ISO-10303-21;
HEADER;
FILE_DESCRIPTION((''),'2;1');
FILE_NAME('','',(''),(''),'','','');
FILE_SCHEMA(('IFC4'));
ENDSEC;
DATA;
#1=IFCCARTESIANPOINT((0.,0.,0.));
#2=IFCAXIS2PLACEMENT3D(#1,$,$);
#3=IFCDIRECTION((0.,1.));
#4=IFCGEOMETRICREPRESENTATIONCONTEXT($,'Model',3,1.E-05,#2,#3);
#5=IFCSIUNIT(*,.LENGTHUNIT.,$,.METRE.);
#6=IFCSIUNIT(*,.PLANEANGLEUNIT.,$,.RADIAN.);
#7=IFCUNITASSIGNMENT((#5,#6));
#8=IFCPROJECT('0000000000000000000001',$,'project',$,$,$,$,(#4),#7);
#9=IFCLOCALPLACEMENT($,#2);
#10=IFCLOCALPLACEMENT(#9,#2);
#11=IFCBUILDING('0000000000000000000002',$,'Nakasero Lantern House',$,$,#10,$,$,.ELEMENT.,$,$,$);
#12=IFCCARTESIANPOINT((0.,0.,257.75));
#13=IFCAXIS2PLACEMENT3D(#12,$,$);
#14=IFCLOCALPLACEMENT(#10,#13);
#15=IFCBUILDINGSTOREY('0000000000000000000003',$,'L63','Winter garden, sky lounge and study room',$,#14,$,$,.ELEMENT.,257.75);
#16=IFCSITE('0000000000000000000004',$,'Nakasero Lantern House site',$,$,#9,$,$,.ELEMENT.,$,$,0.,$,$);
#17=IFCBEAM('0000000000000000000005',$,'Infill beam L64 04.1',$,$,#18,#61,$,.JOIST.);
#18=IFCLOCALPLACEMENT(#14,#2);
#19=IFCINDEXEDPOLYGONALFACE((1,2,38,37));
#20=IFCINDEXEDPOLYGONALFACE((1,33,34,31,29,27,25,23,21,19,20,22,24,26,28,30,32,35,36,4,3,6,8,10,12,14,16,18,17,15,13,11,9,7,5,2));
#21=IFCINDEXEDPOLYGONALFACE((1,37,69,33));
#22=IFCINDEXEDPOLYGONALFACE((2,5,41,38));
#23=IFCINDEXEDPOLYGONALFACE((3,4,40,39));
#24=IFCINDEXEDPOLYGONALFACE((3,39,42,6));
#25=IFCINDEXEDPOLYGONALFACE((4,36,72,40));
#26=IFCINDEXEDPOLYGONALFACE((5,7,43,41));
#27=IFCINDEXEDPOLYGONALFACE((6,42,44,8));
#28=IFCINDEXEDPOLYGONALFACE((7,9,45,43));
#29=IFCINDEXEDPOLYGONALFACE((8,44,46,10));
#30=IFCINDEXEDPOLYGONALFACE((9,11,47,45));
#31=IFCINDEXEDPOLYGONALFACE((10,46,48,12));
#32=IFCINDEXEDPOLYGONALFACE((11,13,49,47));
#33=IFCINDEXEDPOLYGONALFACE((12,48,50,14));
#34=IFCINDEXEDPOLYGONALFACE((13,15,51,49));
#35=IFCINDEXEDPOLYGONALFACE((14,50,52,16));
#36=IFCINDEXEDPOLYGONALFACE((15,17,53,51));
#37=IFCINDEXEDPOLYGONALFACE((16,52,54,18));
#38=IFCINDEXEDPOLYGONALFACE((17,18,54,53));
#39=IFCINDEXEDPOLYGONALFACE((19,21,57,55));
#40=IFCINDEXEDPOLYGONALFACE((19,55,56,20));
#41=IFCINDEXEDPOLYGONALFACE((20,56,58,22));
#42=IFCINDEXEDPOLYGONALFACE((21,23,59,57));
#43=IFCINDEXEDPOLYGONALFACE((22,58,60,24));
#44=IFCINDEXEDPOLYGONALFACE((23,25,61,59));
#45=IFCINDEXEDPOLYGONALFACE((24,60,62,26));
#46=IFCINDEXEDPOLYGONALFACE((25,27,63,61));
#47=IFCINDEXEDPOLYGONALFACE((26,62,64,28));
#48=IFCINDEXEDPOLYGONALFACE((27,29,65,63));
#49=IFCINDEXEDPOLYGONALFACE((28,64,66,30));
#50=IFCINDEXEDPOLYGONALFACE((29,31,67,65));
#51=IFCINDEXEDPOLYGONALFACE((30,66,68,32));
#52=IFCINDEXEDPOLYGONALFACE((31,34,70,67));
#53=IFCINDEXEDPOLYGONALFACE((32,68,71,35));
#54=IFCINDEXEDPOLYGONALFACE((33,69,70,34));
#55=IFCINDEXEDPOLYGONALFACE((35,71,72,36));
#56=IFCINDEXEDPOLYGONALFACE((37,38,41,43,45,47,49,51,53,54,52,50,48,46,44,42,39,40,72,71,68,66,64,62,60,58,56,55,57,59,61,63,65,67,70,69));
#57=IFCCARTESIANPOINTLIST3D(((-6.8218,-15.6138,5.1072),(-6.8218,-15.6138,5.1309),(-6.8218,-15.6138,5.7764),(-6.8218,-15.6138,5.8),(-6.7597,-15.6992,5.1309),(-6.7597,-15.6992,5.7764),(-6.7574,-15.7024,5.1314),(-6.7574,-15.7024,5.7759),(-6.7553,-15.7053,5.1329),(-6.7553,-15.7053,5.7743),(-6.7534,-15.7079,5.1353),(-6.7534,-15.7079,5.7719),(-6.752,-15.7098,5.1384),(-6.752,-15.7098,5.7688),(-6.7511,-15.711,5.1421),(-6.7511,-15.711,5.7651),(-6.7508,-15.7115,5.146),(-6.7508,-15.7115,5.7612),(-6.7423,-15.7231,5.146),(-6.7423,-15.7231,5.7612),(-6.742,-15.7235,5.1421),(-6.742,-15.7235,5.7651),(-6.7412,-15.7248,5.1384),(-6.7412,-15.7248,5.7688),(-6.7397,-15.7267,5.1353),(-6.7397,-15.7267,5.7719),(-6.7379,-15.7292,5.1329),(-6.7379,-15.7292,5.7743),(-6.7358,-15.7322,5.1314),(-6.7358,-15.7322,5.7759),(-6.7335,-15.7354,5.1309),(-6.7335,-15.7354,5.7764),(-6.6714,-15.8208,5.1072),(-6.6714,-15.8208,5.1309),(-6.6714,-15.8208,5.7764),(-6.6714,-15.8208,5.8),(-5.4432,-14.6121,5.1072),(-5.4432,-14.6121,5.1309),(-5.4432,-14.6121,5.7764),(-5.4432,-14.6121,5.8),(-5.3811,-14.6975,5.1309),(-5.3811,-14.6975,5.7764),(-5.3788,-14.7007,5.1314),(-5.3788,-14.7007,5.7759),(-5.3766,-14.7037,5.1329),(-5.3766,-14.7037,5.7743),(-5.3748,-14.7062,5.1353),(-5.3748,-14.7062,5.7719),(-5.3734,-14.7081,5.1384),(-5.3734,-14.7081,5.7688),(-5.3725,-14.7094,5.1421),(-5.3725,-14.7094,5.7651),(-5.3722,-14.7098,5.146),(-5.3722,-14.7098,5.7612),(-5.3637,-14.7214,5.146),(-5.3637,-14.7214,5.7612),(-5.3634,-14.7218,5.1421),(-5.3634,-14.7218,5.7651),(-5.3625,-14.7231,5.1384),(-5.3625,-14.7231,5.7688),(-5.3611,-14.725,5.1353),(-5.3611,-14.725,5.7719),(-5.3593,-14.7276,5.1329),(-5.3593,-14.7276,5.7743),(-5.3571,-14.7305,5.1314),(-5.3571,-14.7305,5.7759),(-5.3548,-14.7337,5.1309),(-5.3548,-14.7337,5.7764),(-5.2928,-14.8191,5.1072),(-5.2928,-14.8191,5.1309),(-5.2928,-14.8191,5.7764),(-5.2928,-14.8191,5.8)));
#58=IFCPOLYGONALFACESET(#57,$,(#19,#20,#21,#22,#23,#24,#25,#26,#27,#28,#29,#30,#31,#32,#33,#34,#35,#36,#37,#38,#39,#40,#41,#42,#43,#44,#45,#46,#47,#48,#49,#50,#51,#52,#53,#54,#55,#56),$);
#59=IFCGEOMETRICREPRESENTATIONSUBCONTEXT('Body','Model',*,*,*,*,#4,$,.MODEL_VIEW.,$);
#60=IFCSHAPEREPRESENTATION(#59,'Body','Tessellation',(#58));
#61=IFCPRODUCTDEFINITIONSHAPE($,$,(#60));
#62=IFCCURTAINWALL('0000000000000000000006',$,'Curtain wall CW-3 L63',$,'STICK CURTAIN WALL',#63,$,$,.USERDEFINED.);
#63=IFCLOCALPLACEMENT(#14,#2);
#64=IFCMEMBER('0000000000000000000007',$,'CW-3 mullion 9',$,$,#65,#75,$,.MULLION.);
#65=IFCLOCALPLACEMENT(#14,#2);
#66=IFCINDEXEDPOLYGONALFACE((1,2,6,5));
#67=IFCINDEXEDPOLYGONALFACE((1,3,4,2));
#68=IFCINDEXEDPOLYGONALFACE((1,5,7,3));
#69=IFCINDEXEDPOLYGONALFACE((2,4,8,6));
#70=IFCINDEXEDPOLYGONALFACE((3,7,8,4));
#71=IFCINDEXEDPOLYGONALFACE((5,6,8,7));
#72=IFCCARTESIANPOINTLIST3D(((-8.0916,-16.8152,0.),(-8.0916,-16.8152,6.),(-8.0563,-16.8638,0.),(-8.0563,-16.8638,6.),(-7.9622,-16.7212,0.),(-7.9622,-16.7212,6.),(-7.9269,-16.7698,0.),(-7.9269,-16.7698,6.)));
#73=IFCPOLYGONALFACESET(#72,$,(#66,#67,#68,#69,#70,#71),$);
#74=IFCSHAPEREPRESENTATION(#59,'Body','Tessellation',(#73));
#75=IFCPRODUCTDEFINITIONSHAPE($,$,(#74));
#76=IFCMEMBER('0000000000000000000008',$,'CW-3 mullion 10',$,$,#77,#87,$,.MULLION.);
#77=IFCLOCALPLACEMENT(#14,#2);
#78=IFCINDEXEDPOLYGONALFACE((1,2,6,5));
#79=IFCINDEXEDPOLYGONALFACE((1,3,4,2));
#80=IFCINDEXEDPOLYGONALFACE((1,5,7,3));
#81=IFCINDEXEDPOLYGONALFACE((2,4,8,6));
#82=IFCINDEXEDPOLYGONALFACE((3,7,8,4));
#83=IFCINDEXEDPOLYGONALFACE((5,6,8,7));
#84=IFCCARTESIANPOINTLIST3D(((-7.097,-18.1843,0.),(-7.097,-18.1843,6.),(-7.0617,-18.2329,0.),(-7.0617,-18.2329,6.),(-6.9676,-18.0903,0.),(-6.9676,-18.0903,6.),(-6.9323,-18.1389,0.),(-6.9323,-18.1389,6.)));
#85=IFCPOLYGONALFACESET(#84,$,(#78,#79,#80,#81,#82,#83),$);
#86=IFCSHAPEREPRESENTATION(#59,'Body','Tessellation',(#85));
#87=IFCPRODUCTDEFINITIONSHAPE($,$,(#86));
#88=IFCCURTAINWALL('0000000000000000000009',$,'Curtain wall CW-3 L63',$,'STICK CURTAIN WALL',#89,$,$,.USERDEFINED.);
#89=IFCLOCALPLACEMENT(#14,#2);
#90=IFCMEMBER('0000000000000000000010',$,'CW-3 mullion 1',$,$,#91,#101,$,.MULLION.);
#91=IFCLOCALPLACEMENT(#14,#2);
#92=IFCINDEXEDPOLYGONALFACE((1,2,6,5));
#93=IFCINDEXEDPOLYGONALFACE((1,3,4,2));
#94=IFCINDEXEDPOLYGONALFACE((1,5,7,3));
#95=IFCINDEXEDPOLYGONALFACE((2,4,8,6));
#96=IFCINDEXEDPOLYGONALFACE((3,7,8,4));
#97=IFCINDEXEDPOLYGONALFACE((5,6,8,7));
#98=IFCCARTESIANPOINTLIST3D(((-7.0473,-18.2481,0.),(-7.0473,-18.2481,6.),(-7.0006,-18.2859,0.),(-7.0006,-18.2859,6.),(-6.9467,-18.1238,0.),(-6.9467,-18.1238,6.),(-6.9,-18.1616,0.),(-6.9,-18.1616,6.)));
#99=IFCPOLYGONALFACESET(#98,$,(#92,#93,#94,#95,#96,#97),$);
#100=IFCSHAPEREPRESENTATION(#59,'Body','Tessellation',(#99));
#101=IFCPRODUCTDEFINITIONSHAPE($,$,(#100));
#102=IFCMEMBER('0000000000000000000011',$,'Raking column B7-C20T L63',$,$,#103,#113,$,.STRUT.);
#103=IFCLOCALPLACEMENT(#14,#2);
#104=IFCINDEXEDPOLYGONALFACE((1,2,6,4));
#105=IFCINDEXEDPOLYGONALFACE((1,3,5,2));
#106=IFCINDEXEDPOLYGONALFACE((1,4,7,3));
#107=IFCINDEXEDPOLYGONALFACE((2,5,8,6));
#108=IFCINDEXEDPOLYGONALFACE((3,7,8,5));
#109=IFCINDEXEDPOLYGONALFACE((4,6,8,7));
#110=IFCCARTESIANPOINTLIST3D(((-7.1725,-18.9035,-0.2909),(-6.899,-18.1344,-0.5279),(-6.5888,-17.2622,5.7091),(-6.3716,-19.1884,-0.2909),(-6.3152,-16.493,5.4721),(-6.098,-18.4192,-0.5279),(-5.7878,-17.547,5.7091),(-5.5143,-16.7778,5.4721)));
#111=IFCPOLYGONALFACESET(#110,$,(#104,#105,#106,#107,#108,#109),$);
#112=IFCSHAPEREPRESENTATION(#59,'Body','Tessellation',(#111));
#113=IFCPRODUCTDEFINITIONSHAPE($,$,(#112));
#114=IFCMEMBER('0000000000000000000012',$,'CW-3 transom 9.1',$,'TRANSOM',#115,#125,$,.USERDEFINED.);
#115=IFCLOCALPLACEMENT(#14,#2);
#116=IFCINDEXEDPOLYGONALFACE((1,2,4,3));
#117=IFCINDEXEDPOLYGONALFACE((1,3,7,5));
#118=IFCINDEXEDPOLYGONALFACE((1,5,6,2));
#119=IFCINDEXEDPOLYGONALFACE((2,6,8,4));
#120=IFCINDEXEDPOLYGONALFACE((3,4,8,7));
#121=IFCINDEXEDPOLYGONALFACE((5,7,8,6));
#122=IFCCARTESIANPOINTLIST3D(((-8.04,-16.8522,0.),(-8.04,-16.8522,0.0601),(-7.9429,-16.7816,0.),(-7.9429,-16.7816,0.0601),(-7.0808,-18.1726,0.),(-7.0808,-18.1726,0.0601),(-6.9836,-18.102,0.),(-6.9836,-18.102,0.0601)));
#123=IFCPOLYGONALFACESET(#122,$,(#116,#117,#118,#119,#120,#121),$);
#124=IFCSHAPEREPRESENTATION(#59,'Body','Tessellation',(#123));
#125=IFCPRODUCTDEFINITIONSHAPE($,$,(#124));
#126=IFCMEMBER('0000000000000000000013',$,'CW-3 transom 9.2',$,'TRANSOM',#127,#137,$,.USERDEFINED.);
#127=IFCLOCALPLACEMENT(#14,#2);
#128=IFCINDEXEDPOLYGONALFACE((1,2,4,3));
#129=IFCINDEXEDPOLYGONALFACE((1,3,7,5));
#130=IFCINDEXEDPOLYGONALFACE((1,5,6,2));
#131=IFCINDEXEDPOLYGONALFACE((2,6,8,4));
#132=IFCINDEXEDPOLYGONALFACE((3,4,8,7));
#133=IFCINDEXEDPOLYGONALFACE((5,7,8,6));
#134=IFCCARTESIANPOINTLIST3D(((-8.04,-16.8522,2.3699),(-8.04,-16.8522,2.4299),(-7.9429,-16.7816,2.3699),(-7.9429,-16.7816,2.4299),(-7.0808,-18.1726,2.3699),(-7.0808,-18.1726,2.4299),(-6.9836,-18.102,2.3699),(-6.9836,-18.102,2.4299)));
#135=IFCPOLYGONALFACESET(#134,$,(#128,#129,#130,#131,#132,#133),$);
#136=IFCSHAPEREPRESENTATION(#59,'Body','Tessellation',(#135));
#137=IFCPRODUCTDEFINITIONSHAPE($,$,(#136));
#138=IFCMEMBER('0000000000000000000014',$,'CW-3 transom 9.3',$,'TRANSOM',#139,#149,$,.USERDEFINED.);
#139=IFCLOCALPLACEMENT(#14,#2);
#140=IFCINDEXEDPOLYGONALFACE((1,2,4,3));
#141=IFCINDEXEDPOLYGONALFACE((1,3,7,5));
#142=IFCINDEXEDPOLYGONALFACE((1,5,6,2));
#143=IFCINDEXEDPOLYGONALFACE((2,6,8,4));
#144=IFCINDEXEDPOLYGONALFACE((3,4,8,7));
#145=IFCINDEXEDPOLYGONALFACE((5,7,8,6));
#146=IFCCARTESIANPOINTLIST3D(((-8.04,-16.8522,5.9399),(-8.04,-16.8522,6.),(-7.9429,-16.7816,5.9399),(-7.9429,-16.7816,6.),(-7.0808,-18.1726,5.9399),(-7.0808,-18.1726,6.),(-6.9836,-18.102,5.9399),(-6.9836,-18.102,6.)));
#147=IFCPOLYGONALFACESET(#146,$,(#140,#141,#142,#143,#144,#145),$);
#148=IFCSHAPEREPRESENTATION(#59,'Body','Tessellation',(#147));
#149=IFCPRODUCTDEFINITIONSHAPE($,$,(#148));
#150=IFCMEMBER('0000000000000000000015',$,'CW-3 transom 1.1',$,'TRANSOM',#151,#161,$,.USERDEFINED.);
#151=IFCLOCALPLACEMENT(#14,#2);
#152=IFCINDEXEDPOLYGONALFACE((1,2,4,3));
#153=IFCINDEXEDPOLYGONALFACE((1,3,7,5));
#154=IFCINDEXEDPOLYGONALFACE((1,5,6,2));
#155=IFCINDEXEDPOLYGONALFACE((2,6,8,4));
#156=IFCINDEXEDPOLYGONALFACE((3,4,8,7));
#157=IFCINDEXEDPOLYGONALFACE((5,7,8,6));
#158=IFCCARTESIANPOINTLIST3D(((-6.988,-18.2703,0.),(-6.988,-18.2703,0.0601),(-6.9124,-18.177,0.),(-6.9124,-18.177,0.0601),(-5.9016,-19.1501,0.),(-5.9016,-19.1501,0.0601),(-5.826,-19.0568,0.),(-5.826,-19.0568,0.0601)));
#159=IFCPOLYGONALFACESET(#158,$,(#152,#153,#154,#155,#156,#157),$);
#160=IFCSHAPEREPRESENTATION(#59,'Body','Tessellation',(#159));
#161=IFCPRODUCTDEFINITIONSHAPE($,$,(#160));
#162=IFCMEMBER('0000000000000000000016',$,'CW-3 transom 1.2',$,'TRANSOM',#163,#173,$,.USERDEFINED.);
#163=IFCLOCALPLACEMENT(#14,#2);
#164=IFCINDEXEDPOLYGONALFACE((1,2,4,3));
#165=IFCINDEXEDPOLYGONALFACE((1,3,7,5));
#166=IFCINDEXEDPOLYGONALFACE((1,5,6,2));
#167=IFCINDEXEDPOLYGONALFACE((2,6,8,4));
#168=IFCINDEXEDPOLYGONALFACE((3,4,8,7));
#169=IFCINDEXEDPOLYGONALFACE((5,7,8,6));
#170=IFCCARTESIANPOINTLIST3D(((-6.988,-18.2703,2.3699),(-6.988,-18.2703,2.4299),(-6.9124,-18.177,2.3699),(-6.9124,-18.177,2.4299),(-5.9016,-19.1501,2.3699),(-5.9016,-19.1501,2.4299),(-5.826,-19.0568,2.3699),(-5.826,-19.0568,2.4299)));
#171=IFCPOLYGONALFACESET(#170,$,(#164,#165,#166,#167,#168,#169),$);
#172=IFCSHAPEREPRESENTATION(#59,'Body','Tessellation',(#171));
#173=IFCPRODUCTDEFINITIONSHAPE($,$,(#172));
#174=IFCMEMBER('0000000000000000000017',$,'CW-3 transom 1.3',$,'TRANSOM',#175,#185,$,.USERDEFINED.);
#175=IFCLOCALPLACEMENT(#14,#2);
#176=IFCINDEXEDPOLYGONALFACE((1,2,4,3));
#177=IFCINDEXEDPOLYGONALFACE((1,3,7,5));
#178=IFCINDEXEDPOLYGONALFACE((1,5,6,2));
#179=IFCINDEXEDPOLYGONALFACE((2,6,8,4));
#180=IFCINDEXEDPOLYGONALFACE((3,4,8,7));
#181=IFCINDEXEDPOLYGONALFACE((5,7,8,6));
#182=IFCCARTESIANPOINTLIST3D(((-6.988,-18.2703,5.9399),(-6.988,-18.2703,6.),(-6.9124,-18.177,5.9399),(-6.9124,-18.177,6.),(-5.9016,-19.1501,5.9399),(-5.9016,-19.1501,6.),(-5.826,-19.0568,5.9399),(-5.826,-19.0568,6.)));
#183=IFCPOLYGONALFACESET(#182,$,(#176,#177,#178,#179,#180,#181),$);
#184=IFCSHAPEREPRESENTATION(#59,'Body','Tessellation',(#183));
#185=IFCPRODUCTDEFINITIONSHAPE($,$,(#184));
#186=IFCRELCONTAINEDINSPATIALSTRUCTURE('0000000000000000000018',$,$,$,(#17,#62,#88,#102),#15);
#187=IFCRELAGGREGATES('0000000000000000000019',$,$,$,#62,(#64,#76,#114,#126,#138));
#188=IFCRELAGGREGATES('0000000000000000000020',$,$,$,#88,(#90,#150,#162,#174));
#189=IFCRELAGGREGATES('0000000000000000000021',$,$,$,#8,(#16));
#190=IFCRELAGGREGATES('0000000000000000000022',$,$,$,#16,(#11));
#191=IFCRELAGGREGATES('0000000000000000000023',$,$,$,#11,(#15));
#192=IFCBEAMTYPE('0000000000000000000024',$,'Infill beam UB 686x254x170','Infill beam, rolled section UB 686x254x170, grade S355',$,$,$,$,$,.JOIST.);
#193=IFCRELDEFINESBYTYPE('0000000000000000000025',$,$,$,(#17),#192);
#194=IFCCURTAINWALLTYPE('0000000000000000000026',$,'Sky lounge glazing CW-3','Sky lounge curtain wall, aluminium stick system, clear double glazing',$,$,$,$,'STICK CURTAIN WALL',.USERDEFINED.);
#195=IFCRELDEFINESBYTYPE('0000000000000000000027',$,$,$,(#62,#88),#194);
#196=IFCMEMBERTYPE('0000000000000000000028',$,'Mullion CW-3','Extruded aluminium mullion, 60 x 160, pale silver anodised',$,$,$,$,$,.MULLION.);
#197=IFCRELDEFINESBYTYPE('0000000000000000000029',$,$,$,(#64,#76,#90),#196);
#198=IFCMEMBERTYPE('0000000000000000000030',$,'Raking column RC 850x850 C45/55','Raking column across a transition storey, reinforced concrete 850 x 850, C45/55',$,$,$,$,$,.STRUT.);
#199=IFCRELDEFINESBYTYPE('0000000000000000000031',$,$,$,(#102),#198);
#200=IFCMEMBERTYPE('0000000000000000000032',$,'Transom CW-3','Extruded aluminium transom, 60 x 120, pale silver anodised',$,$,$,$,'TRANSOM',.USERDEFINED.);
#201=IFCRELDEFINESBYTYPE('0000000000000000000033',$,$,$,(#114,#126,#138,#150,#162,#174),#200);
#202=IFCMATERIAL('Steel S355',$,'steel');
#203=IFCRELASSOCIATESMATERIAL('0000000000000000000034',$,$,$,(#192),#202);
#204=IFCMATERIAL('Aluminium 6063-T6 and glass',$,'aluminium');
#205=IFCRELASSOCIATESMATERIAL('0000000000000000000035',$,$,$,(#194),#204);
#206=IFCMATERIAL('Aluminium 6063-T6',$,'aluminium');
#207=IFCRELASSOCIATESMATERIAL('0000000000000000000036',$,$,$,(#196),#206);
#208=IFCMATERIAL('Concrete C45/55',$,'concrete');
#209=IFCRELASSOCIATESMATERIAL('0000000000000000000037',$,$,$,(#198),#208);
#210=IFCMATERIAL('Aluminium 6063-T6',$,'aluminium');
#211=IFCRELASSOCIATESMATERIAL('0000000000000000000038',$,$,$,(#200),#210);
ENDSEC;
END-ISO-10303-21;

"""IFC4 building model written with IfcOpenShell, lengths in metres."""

from ifc_helpers import new_model, si_unit, direction, frame, origin, origin_2d, place, context, subcontext, project, spatial, rectangle, i_section, extrude, material, material_profile, profile_set, type_object, element, aggregate, save


model = new_model("IFC4")

# Units and contexts
model_context = context("Model", 3, precision=1e-05, world=origin(), true_north=direction((0.0, 1.0)))
body_context = subcontext(model_context, "Body", "Model", "MODEL_VIEW")
ifc_project = project(units=[si_unit("LENGTHUNIT", "METRE"), si_unit("PLANEANGLEUNIT", "RADIAN")], contexts=[model_context])

# Site, building, storey
site_placement = place(None, origin())
site = spatial("IfcSite", under=ifc_project, at=site_placement, Name="Nakasero Lantern House site", CompositionType="ELEMENT", RefElevation=0.0)
building_placement = place(site_placement, origin())
building = spatial("IfcBuilding", under=site, at=building_placement, Name="Nakasero Lantern House", CompositionType="ELEMENT")
storey_placement = place(building_placement, frame((0.0, 0.0, 257.75)))
storey = spatial("IfcBuildingStorey", under=building, at=storey_placement, Name="L63", Description="Winter garden, sky lounge and study room", CompositionType="ELEMENT", Elevation=257.75)

# Beam
ifc_material_1 = material(Name="Steel S355", Category="steel")
ifc_material_profile_1 = material_profile(ifc_material_1, i_section(OverallWidth=0.2559, OverallDepth=0.6929, WebThickness=0.0144, FlangeThickness=0.0237, FilletRadius=0.0151, at=origin_2d()), Name="UB 686x254x170")
ifc_profile_set_1 = profile_set([ifc_material_profile_1], Name="Steel S355")
beam_type = type_object("IfcBeamType", Name="Infill beam UB 686x254x170", Description="Infill beam, rolled section UB 686x254x170, grade S355", PredefinedType="JOIST", material=ifc_profile_set_1)
beam_placement = place(storey_placement, frame((-6.7466, -15.7173, 5.4536), z_axis=(0.809002, 0.587805, 0.0), x_axis=(-0.587805, 0.809002, 0.0)))
element("IfcBeam", 1, at=beam_placement, inside=storey, type_object=beam_type, Name="Infill beam L64 04.1", PredefinedType="JOIST", context=body_context, shape_type="SweptSolid", body=[
    extrude(i_section(OverallWidth=0.2559, OverallDepth=0.6929, WebThickness=0.0144, FlangeThickness=0.0237, FilletRadius=0.0151, at=origin_2d()), origin(), (0.0, 0.0, 1.0), 1.7041),
])

# Curtain wall, members
ifc_material_2 = material(Name="Aluminium 6063-T6 and glass", Category="aluminium")
curtain_wall_type = type_object("IfcCurtainWallType", Name="Sky lounge glazing CW-3", Description="Sky lounge curtain wall, aluminium stick system, clear double glazing", ElementType="STICK CURTAIN WALL", PredefinedType="USERDEFINED", material=ifc_material_2)
curtain_wall_1_placement = place(storey_placement, origin())
curtain_wall_1 = element("IfcCurtainWall", 2, at=curtain_wall_1_placement, inside=storey, type_object=curtain_wall_type, Name="Curtain wall CW-3 L63", ObjectType="STICK CURTAIN WALL", PredefinedType="USERDEFINED")
ifc_material_3 = material(Name="Aluminium 6063-T6", Category="aluminium")
ifc_material_profile_2 = material_profile(ifc_material_3, rectangle(XDim=0.0601, YDim=0.1599, at=origin_2d()), Name="CW-3 mullion 60x160")
ifc_profile_set_2 = profile_set([ifc_material_profile_2], Name="Aluminium 6063-T6")
member_type_1 = type_object("IfcMemberType", Name="Mullion CW-3", Description="Extruded aluminium mullion, 60 x 160, pale silver anodised", PredefinedType="MULLION", material=ifc_profile_set_2)
member_1_placement = place(storey_placement, frame((-8.0093, -16.7925, 0.0), z_axis=(0.0, 0.0, 1.0), x_axis=(0.587785, -0.809017, 0.0)))
member_1 = element("IfcMember", 3, at=member_1_placement, type_object=member_type_1, Name="CW-3 mullion 9", PredefinedType="MULLION", context=body_context, shape_type="SweptSolid", body=[
    extrude(rectangle(XDim=0.0601, YDim=0.1599, at=origin_2d()), origin(), (0.0, 0.0, 1.0), 6.0),
])
member_2_placement = place(storey_placement, frame((-7.0146, -18.1616, 0.0), z_axis=(0.0, 0.0, 1.0), x_axis=(0.587785, -0.809017, 0.0)))
member_2 = element("IfcMember", 4, at=member_2_placement, type_object=member_type_1, Name="CW-3 mullion 10", PredefinedType="MULLION", context=body_context, shape_type="SweptSolid", body=[
    extrude(rectangle(XDim=0.0601, YDim=0.1599, at=origin_2d()), origin(), (0.0, 0.0, 1.0), 6.0),
])

# Curtain wall, member
curtain_wall_2_placement = place(storey_placement, origin())
curtain_wall_2 = element("IfcCurtainWall", 5, at=curtain_wall_2_placement, inside=storey, type_object=curtain_wall_type, Name="Curtain wall CW-3 L63", ObjectType="STICK CURTAIN WALL", PredefinedType="USERDEFINED")
member_3_placement = place(storey_placement, frame((-6.9736, -18.2048, 0.0), z_axis=(0.0, 0.0, 1.0), x_axis=(0.777146, -0.62932, 0.0)))
member_3 = element("IfcMember", 6, at=member_3_placement, type_object=member_type_1, Name="CW-3 mullion 1", PredefinedType="MULLION", context=body_context, shape_type="SweptSolid", body=[
    extrude(rectangle(XDim=0.0601, YDim=0.1599, at=origin_2d()), origin(), (0.0, 0.0, 1.0), 6.0),
])

# Members
ifc_material_4 = material(Name="Concrete C45/55", Category="concrete")
ifc_material_profile_3 = material_profile(ifc_material_4, rectangle(XDim=0.8501, YDim=0.8501, at=origin_2d()), Name="RC 850x850")
ifc_profile_set_3 = profile_set([ifc_material_profile_3], Name="Concrete C45/55")
member_type_2 = type_object("IfcMemberType", Name="Raking column RC 850x850 C45/55", Description="Raking column across a transition storey, reinforced concrete 850 x 850, C45/55", PredefinedType="STRUT", material=ifc_profile_set_3)
member_4_placement = place(storey_placement, frame((-6.6353, -18.6614, -0.4094), z_axis=(0.093432, 0.26271, 0.96034), x_axis=(-0.942188, 0.335084, 0.0)))
element("IfcMember", 7, at=member_4_placement, inside=storey, type_object=member_type_2, Name="Raking column B7-C20T L63", PredefinedType="STRUT", context=body_context, shape_type="SweptSolid", body=[
    extrude(rectangle(XDim=0.8501, YDim=0.8501, at=origin_2d()), origin(), (0.0, 0.0, 1.0), 6.2478),
])
ifc_material_5 = material(Name="Aluminium 6063-T6", Category="aluminium")
ifc_material_profile_4 = material_profile(ifc_material_5, rectangle(XDim=0.0601, YDim=0.1201, at=origin_2d()), Name="CW-3 transom 60x120")
ifc_profile_set_4 = profile_set([ifc_material_profile_4], Name="Aluminium 6063-T6")
member_type_3 = type_object("IfcMemberType", Name="Transom CW-3", Description="Extruded aluminium transom, 60 x 120, pale silver anodised", ElementType="TRANSOM", PredefinedType="USERDEFINED", material=ifc_profile_set_4)
member_5_placement = place(storey_placement, frame((-7.9915, -16.8169, 0.03), z_axis=(0.587771, -0.809027, 0.0), x_axis=(0.0, 0.0, 1.0)))
member_5 = element("IfcMember", 8, at=member_5_placement, type_object=member_type_3, Name="CW-3 transom 9.1", ObjectType="TRANSOM", PredefinedType="USERDEFINED", context=body_context, shape_type="SweptSolid", body=[
    extrude(rectangle(XDim=0.0601, YDim=0.1201, at=origin_2d()), origin(), (0.0, 0.0, 1.0), 1.6321),
])
member_6_placement = place(storey_placement, frame((-7.9915, -16.8169, 2.3999), z_axis=(0.587771, -0.809027, 0.0), x_axis=(0.0, 0.0, 1.0)))
member_6 = element("IfcMember", 9, at=member_6_placement, type_object=member_type_3, Name="CW-3 transom 9.2", ObjectType="TRANSOM", PredefinedType="USERDEFINED", context=body_context, shape_type="SweptSolid", body=[
    extrude(rectangle(XDim=0.0601, YDim=0.1201, at=origin_2d()), origin(), (0.0, 0.0, 1.0), 1.6321),
])
member_7_placement = place(storey_placement, frame((-7.9915, -16.8169, 5.97), z_axis=(0.587771, -0.809027, 0.0), x_axis=(0.0, 0.0, 1.0)))
member_7 = element("IfcMember", 10, at=member_7_placement, type_object=member_type_3, Name="CW-3 transom 9.3", ObjectType="TRANSOM", PredefinedType="USERDEFINED", context=body_context, shape_type="SweptSolid", body=[
    extrude(rectangle(XDim=0.0601, YDim=0.1201, at=origin_2d()), origin(), (0.0, 0.0, 1.0), 1.6321),
])
member_8_placement = place(storey_placement, frame((-6.9502, -18.2236, 0.03), z_axis=(0.777107, -0.629369, 0.0), x_axis=(0.0, 0.0, 1.0)))
member_8 = element("IfcMember", 11, at=member_8_placement, type_object=member_type_3, Name="CW-3 transom 1.1", ObjectType="TRANSOM", PredefinedType="USERDEFINED", context=body_context, shape_type="SweptSolid", body=[
    extrude(rectangle(XDim=0.0601, YDim=0.1201, at=origin_2d()), origin(), (0.0, 0.0, 1.0), 1.3979),
])
member_9_placement = place(storey_placement, frame((-6.9502, -18.2236, 2.3999), z_axis=(0.777107, -0.629369, 0.0), x_axis=(0.0, 0.0, 1.0)))
member_9 = element("IfcMember", 12, at=member_9_placement, type_object=member_type_3, Name="CW-3 transom 1.2", ObjectType="TRANSOM", PredefinedType="USERDEFINED", context=body_context, shape_type="SweptSolid", body=[
    extrude(rectangle(XDim=0.0601, YDim=0.1201, at=origin_2d()), origin(), (0.0, 0.0, 1.0), 1.3979),
])
member_10_placement = place(storey_placement, frame((-6.9502, -18.2236, 5.97), z_axis=(0.777107, -0.629369, 0.0), x_axis=(0.0, 0.0, 1.0)))
member_10 = element("IfcMember", 13, at=member_10_placement, type_object=member_type_3, Name="CW-3 transom 1.3", ObjectType="TRANSOM", PredefinedType="USERDEFINED", context=body_context, shape_type="SweptSolid", body=[
    extrude(rectangle(XDim=0.0601, YDim=0.1201, at=origin_2d()), origin(), (0.0, 0.0, 1.0), 1.3979),
])

aggregate(curtain_wall_1, [member_1, member_2, member_5, member_6, member_7])
aggregate(curtain_wall_2, [member_3, member_8, member_9, member_10])

save(model, "model.ifc")
